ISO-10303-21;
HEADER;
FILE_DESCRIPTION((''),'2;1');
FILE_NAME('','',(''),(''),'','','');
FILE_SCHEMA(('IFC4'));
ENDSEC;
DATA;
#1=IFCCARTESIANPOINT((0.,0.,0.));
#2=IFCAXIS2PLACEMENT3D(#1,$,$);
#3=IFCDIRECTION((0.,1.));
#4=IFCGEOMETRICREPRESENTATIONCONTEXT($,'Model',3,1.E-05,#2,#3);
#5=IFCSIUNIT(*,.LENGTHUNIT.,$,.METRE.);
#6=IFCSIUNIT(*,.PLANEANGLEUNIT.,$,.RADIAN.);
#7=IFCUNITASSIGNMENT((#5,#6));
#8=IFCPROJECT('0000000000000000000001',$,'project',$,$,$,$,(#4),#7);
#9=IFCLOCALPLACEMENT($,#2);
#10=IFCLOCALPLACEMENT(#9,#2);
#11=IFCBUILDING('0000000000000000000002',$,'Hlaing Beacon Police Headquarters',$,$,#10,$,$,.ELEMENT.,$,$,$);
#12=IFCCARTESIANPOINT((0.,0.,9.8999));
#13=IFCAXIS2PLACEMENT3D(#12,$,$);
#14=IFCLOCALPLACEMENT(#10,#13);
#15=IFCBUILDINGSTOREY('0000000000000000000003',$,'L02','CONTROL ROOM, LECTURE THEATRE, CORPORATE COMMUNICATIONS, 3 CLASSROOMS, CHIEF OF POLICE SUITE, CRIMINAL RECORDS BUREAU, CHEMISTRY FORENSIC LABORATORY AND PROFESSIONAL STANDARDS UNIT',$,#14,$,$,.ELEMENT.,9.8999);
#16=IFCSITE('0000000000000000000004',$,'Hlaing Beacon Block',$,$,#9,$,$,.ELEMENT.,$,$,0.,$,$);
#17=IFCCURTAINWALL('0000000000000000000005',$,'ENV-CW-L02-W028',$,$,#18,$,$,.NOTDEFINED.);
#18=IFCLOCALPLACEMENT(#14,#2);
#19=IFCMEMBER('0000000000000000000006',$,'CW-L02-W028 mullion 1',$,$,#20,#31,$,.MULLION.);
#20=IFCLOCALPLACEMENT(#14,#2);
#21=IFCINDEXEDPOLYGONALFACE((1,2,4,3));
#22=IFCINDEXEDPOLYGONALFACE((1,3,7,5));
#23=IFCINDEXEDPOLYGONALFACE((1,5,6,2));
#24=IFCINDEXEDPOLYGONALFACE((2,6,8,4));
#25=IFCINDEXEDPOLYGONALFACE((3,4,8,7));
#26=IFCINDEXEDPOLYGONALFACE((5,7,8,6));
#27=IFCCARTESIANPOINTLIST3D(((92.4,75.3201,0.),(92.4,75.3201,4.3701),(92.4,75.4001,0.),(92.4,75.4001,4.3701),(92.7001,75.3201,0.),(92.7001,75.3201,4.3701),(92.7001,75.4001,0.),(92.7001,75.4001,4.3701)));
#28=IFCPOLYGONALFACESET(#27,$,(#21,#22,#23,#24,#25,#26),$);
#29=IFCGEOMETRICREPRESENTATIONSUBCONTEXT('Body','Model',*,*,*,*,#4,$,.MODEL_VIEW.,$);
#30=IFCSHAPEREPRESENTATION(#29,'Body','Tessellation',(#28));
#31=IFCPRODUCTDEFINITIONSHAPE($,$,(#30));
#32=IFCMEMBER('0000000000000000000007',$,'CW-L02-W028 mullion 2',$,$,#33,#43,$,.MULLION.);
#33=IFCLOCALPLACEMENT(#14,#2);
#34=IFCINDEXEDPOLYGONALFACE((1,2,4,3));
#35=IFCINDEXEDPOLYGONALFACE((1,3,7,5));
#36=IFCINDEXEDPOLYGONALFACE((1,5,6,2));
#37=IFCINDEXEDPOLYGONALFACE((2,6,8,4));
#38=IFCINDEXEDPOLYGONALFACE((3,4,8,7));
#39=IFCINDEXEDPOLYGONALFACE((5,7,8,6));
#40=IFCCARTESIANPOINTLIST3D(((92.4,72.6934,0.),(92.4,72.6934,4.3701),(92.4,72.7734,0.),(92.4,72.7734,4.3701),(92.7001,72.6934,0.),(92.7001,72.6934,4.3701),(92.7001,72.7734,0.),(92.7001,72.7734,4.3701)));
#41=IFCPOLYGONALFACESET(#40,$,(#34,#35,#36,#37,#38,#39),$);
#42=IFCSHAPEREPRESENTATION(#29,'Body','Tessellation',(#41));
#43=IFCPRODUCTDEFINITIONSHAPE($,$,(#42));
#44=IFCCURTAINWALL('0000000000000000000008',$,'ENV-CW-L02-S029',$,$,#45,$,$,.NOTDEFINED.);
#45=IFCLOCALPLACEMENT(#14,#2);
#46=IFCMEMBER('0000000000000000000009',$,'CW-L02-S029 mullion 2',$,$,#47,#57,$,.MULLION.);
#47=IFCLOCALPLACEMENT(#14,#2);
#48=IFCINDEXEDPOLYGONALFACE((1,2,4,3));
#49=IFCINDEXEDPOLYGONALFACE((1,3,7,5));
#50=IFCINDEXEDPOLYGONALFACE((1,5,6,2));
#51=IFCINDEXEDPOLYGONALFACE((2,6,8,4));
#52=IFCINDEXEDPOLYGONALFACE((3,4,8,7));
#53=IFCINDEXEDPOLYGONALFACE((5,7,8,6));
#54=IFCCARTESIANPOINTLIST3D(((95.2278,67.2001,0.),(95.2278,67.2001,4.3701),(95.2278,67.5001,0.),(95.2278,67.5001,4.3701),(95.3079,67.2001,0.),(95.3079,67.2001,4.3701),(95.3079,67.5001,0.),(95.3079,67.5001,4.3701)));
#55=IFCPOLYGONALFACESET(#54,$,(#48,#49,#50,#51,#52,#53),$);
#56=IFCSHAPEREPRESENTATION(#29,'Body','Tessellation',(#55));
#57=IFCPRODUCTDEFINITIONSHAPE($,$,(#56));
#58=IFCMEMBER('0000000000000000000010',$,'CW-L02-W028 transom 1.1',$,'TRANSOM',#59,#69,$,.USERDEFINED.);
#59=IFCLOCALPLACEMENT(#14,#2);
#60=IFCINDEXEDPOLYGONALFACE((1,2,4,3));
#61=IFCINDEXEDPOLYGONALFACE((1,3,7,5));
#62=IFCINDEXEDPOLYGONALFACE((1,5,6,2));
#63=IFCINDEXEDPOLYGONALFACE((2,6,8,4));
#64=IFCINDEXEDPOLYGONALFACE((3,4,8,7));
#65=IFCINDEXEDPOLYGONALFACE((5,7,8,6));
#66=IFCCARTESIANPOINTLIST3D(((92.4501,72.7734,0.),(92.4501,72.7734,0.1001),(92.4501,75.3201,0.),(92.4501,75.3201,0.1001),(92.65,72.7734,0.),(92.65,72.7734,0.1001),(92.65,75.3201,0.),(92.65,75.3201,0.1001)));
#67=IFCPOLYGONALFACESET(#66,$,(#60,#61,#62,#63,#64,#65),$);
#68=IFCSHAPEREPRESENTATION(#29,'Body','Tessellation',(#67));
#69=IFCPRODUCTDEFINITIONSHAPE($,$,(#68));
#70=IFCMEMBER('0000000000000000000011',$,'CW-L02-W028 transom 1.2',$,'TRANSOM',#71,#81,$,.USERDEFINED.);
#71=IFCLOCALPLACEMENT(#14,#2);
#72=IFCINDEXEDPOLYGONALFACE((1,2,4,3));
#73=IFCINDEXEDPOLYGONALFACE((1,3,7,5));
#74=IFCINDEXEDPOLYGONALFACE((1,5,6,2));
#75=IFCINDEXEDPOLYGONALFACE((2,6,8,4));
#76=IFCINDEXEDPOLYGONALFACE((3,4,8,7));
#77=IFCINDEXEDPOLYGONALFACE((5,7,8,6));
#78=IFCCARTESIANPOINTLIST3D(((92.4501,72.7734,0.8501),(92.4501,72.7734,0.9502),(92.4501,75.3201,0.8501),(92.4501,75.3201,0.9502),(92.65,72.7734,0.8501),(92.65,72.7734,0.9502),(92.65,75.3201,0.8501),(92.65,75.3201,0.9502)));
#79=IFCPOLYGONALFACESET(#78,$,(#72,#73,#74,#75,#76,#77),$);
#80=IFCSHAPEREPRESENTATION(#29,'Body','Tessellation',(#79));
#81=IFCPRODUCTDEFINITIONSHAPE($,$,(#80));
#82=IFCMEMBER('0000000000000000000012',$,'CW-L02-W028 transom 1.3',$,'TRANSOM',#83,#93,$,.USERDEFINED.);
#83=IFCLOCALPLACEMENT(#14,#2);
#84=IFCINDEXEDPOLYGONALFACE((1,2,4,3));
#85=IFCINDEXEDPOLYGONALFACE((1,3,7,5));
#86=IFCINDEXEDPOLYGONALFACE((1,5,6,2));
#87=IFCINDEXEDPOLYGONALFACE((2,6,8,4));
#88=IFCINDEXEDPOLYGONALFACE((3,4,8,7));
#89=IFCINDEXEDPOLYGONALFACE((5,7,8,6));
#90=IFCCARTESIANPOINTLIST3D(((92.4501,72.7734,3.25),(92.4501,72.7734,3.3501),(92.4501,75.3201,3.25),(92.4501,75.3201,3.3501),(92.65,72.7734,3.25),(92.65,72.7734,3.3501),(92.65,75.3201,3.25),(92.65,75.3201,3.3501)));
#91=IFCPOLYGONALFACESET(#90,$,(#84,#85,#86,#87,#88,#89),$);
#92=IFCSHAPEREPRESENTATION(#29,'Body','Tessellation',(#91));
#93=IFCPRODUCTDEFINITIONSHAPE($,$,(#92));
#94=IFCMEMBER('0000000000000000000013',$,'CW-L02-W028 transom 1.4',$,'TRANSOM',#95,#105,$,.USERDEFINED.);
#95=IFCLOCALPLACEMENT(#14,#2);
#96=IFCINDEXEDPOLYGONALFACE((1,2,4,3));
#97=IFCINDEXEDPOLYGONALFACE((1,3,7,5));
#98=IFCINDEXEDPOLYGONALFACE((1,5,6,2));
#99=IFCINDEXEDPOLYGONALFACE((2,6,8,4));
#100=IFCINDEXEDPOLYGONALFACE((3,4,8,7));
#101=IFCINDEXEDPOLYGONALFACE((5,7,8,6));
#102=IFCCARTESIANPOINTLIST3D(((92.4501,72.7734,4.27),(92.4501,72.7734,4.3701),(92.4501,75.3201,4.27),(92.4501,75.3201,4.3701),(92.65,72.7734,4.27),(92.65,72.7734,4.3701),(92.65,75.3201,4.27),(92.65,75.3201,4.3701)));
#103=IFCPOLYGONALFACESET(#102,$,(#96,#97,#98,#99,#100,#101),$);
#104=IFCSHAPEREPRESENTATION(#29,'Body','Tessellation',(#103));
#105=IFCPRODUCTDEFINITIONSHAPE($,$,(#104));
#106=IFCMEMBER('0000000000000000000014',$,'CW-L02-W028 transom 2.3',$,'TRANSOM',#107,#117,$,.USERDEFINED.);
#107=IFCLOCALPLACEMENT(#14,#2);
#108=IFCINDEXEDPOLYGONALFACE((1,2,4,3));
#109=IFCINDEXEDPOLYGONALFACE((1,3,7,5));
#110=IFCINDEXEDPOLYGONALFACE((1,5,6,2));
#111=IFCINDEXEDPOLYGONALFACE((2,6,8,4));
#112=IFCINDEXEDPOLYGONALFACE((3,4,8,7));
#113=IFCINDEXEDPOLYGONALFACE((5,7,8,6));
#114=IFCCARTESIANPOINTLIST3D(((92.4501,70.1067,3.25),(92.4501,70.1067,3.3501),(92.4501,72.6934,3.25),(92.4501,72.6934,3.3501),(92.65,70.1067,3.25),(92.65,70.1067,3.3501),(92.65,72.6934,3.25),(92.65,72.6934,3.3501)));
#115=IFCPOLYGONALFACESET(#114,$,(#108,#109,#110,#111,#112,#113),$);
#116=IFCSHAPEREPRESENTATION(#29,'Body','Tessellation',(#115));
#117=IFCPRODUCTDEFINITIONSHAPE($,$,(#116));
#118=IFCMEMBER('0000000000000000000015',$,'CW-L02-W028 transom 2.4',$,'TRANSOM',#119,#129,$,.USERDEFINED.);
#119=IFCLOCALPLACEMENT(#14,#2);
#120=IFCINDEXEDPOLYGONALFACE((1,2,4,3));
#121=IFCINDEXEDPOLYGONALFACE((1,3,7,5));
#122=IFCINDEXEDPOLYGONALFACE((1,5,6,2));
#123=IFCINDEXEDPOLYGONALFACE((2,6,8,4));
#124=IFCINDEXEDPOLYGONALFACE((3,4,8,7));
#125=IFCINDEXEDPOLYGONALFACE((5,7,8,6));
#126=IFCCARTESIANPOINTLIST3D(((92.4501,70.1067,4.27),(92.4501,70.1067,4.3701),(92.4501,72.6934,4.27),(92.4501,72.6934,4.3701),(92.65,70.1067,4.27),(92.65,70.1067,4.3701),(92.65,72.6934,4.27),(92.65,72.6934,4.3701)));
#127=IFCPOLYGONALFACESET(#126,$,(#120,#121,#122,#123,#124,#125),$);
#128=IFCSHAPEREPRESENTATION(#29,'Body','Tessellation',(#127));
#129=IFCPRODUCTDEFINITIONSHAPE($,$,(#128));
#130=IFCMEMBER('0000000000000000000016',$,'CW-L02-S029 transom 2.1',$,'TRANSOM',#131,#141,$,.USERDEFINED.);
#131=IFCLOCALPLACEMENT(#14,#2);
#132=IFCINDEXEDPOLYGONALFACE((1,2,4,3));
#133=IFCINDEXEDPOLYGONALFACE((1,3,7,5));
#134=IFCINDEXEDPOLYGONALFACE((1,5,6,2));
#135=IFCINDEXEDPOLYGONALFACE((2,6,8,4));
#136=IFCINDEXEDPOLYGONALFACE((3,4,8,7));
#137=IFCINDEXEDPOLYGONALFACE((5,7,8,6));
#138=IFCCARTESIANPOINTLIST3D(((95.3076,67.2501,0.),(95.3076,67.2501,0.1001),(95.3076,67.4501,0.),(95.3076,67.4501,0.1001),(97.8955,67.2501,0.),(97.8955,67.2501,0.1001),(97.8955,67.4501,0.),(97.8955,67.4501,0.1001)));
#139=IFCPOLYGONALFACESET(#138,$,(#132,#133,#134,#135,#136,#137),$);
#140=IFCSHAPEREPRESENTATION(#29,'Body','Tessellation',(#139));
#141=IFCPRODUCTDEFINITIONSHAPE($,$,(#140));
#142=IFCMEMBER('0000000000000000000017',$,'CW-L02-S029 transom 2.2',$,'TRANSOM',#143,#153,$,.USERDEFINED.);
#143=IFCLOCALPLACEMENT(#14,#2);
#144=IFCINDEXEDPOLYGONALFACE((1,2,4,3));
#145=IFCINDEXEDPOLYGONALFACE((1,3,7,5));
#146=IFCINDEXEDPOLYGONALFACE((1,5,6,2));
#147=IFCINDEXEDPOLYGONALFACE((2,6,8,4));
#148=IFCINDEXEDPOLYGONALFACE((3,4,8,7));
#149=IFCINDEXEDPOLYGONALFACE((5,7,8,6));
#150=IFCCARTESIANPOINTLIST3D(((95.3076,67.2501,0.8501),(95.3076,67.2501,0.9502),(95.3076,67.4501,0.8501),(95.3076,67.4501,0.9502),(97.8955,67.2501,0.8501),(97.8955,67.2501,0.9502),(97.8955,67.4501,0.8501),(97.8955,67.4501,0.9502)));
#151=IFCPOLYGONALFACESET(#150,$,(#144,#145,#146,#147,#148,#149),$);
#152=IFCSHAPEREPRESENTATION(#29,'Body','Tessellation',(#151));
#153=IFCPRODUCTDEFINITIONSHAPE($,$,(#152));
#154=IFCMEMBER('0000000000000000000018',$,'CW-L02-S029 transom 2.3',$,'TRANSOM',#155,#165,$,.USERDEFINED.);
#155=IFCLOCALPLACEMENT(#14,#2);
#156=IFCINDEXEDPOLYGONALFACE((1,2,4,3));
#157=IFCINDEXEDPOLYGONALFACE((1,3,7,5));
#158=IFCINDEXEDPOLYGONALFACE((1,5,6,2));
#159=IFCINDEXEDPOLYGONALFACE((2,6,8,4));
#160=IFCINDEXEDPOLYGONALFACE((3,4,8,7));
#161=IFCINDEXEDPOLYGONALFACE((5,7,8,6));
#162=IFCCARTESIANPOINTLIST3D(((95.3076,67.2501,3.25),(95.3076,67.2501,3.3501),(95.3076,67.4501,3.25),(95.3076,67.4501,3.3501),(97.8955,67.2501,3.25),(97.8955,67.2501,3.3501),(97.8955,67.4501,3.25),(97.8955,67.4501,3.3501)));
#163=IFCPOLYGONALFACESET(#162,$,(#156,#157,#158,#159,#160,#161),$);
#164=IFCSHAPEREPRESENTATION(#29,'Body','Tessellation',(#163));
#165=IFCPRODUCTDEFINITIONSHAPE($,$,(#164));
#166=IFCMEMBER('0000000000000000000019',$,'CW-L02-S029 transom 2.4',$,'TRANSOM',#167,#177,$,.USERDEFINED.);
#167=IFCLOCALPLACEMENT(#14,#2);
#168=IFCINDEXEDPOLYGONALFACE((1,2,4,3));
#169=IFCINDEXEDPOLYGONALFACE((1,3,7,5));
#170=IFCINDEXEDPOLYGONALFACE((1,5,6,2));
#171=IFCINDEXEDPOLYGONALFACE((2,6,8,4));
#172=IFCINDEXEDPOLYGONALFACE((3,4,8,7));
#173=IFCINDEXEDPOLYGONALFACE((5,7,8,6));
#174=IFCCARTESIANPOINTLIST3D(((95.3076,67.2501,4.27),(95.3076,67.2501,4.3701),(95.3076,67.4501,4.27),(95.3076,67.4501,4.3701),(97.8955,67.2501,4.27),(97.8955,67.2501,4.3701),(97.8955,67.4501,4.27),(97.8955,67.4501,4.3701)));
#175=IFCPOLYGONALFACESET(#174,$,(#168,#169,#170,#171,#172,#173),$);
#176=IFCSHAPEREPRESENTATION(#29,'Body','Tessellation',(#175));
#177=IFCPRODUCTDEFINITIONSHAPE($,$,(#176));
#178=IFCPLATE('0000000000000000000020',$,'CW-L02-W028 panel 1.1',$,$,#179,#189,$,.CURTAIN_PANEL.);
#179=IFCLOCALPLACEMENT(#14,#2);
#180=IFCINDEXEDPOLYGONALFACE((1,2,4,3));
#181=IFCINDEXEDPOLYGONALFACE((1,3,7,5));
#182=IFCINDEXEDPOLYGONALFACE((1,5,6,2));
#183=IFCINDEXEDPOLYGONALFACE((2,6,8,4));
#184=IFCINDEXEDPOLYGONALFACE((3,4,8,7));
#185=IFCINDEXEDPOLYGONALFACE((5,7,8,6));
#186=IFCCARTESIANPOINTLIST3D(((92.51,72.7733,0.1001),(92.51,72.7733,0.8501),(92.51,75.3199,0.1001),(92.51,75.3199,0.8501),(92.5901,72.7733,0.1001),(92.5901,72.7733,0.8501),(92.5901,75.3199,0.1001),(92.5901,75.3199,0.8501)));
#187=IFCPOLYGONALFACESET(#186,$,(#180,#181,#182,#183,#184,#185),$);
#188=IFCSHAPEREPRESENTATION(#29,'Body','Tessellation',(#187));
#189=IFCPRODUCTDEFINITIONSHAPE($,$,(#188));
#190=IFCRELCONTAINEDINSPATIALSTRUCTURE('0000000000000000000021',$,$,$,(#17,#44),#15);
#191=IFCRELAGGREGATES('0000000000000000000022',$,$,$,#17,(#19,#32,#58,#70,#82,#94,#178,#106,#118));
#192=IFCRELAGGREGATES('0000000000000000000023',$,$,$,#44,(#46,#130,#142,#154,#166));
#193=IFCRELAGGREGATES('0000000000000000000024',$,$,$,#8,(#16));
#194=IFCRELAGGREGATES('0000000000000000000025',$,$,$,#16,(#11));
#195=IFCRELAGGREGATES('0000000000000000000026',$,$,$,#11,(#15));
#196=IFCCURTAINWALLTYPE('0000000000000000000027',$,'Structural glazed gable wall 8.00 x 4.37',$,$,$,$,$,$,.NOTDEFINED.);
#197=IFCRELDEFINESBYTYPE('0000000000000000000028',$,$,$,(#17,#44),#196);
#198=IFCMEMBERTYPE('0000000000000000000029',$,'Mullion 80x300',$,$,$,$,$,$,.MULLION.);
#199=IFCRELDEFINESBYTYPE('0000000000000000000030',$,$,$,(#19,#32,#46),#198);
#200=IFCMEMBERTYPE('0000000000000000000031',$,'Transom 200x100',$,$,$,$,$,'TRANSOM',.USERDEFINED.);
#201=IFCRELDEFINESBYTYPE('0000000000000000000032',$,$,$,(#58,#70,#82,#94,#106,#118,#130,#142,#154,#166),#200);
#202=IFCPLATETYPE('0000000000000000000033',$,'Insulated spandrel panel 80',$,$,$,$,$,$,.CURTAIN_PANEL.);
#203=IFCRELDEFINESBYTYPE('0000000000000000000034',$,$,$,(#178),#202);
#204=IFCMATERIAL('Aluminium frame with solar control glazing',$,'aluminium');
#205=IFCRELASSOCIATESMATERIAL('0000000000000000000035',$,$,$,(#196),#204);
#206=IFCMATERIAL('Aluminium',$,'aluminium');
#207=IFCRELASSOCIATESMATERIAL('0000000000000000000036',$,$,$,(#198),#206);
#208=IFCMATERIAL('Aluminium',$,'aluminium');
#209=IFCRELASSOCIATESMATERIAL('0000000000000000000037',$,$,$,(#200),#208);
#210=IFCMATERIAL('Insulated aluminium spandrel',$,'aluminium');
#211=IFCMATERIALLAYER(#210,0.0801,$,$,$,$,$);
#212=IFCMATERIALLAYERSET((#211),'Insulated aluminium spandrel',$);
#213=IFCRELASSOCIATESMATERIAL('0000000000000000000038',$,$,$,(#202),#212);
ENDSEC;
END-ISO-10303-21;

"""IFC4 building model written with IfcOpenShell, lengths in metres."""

from ifc_helpers import new_model, si_unit, direction, frame, origin, origin_2d, place, context, subcontext, project, spatial, rectangle, extrude, material, layer, layer_set, material_profile, profile_set, type_object, element, aggregate, save


model = new_model("IFC4")

# Units and contexts
model_context = context("Model", 3, precision=1e-05, world=origin(), true_north=direction((0.0, 1.0)))
body_context = subcontext(model_context, "Body", "Model", "MODEL_VIEW")
ifc_project = project(units=[si_unit("LENGTHUNIT", "METRE"), si_unit("PLANEANGLEUNIT", "RADIAN")], contexts=[model_context])

# Site, building, storey
site_placement = place(None, origin())
site = spatial("IfcSite", under=ifc_project, at=site_placement, Name="Hlaing Beacon Block", CompositionType="ELEMENT", RefElevation=0.0)
building_placement = place(site_placement, origin())
building = spatial("IfcBuilding", under=site, at=building_placement, Name="Hlaing Beacon Police Headquarters", CompositionType="ELEMENT")
storey_placement = place(building_placement, frame((0.0, 0.0, 9.8999)))
storey = spatial("IfcBuildingStorey", under=building, at=storey_placement, Name="L02", Description="CONTROL ROOM, LECTURE THEATRE, CORPORATE COMMUNICATIONS, 3 CLASSROOMS, CHIEF OF POLICE SUITE, CRIMINAL RECORDS BUREAU, CHEMISTRY FORENSIC LABORATORY AND PROFESSIONAL STANDARDS UNIT", CompositionType="ELEMENT", Elevation=9.8999)

# Curtain wall, members
ifc_material_1 = material(Name="Aluminium frame with solar control glazing", Category="aluminium")
curtain_wall_type = type_object("IfcCurtainWallType", Name="Structural glazed gable wall 8.00 x 4.37", PredefinedType="NOTDEFINED", material=ifc_material_1)
curtain_wall_1_placement = place(storey_placement, origin())
curtain_wall_1 = element("IfcCurtainWall", 1, at=curtain_wall_1_placement, inside=storey, type_object=curtain_wall_type, Name="ENV-CW-L02-W028", PredefinedType="NOTDEFINED")
ifc_material_2 = material(Name="Aluminium", Category="aluminium")
ifc_material_profile_1 = material_profile(ifc_material_2, rectangle(XDim=0.3, YDim=0.0801, at=origin_2d()), Name="Mullion 80x300")
ifc_profile_set_1 = profile_set([ifc_material_profile_1], Name="Aluminium")
member_type_1 = type_object("IfcMemberType", Name="Mullion 80x300", PredefinedType="MULLION", material=ifc_profile_set_1)
member_1_placement = place(storey_placement, frame((92.55, 75.3601, 0.0), z_axis=(0.0, 0.0, 1.0), x_axis=(1.0, 0.0, 0.0)))
member_1 = element("IfcMember", 2, at=member_1_placement, type_object=member_type_1, Name="CW-L02-W028 mullion 1", PredefinedType="MULLION", context=body_context, shape_type="SweptSolid", body=[
    extrude(rectangle(XDim=0.3, YDim=0.0801, at=origin_2d()), origin(), (0.0, 0.0, 1.0), 4.3701),
])
member_2_placement = place(storey_placement, frame((92.55, 72.7334, 0.0), z_axis=(0.0, 0.0, 1.0), x_axis=(1.0, 0.0, 0.0)))
member_2 = element("IfcMember", 3, at=member_2_placement, type_object=member_type_1, Name="CW-L02-W028 mullion 2", PredefinedType="MULLION", context=body_context, shape_type="SweptSolid", body=[
    extrude(rectangle(XDim=0.3, YDim=0.0801, at=origin_2d()), origin(), (0.0, 0.0, 1.0), 4.3701),
])

# Curtain wall, member
curtain_wall_2_placement = place(storey_placement, origin())
curtain_wall_2 = element("IfcCurtainWall", 4, at=curtain_wall_2_placement, inside=storey, type_object=curtain_wall_type, Name="ENV-CW-L02-S029", PredefinedType="NOTDEFINED")
member_3_placement = place(storey_placement, frame((95.2678, 67.3501, 0.0), z_axis=(0.0, 0.0, 1.0), x_axis=(0.0, 1.0, 0.0)))
member_3 = element("IfcMember", 5, at=member_3_placement, type_object=member_type_1, Name="CW-L02-S029 mullion 2", PredefinedType="MULLION", context=body_context, shape_type="SweptSolid", body=[
    extrude(rectangle(XDim=0.3, YDim=0.0801, at=origin_2d()), origin(), (0.0, 0.0, 1.0), 4.3701),
])

# Members
ifc_material_3 = material(Name="Aluminium", Category="aluminium")
ifc_material_profile_2 = material_profile(ifc_material_3, rectangle(XDim=0.2, YDim=0.1001, at=origin_2d()), Name="Transom 200x100")
ifc_profile_set_2 = profile_set([ifc_material_profile_2], Name="Aluminium")
member_type_2 = type_object("IfcMemberType", Name="Transom 200x100", ElementType="TRANSOM", PredefinedType="USERDEFINED", material=ifc_profile_set_2)
member_4_placement = place(storey_placement, frame((92.55, 75.3201, 0.05), z_axis=(0.0, -1.0, 0.0), x_axis=(1.0, 0.0, 0.0)))
member_4 = element("IfcMember", 6, at=member_4_placement, type_object=member_type_2, Name="CW-L02-W028 transom 1.1", ObjectType="TRANSOM", PredefinedType="USERDEFINED", context=body_context, shape_type="SweptSolid", body=[
    extrude(rectangle(XDim=0.2, YDim=0.1001, at=origin_2d()), origin(), (0.0, 0.0, 1.0), 2.5466),
])
member_5_placement = place(storey_placement, frame((92.55, 75.3201, 0.9001), z_axis=(0.0, -1.0, 0.0), x_axis=(1.0, 0.0, 0.0)))
member_5 = element("IfcMember", 7, at=member_5_placement, type_object=member_type_2, Name="CW-L02-W028 transom 1.2", ObjectType="TRANSOM", PredefinedType="USERDEFINED", context=body_context, shape_type="SweptSolid", body=[
    extrude(rectangle(XDim=0.2, YDim=0.1001, at=origin_2d()), origin(), (0.0, 0.0, 1.0), 2.5466),
])
member_6_placement = place(storey_placement, frame((92.55, 75.3201, 3.3), z_axis=(0.0, -1.0, 0.0), x_axis=(1.0, 0.0, 0.0)))
member_6 = element("IfcMember", 8, at=member_6_placement, type_object=member_type_2, Name="CW-L02-W028 transom 1.3", ObjectType="TRANSOM", PredefinedType="USERDEFINED", context=body_context, shape_type="SweptSolid", body=[
    extrude(rectangle(XDim=0.2, YDim=0.1001, at=origin_2d()), origin(), (0.0, 0.0, 1.0), 2.5466),
])
member_7_placement = place(storey_placement, frame((92.55, 75.3201, 4.3201), z_axis=(0.0, -1.0, 0.0), x_axis=(1.0, 0.0, 0.0)))
member_7 = element("IfcMember", 9, at=member_7_placement, type_object=member_type_2, Name="CW-L02-W028 transom 1.4", ObjectType="TRANSOM", PredefinedType="USERDEFINED", context=body_context, shape_type="SweptSolid", body=[
    extrude(rectangle(XDim=0.2, YDim=0.1001, at=origin_2d()), origin(), (0.0, 0.0, 1.0), 2.5466),
])
member_8_placement = place(storey_placement, frame((92.55, 72.6934, 3.3), z_axis=(0.0, -1.0, 0.0), x_axis=(1.0, 0.0, 0.0)))
member_8 = element("IfcMember", 10, at=member_8_placement, type_object=member_type_2, Name="CW-L02-W028 transom 2.3", ObjectType="TRANSOM", PredefinedType="USERDEFINED", context=body_context, shape_type="SweptSolid", body=[
    extrude(rectangle(XDim=0.2, YDim=0.1001, at=origin_2d()), origin(), (0.0, 0.0, 1.0), 2.5867),
])
member_9_placement = place(storey_placement, frame((92.55, 72.6934, 4.3201), z_axis=(0.0, -1.0, 0.0), x_axis=(1.0, 0.0, 0.0)))
member_9 = element("IfcMember", 11, at=member_9_placement, type_object=member_type_2, Name="CW-L02-W028 transom 2.4", ObjectType="TRANSOM", PredefinedType="USERDEFINED", context=body_context, shape_type="SweptSolid", body=[
    extrude(rectangle(XDim=0.2, YDim=0.1001, at=origin_2d()), origin(), (0.0, 0.0, 1.0), 2.5867),
])
member_10_placement = place(storey_placement, frame((95.3076, 67.3501, 0.05), z_axis=(1.0, 0.0, 0.0), x_axis=(0.0, 1.0, 0.0)))
member_10 = element("IfcMember", 12, at=member_10_placement, type_object=member_type_2, Name="CW-L02-S029 transom 2.1", ObjectType="TRANSOM", PredefinedType="USERDEFINED", context=body_context, shape_type="SweptSolid", body=[
    extrude(rectangle(XDim=0.2, YDim=0.1001, at=origin_2d()), origin(), (0.0, 0.0, 1.0), 2.5879),
])
member_11_placement = place(storey_placement, frame((95.3076, 67.3501, 0.9001), z_axis=(1.0, 0.0, 0.0), x_axis=(0.0, 1.0, 0.0)))
member_11 = element("IfcMember", 13, at=member_11_placement, type_object=member_type_2, Name="CW-L02-S029 transom 2.2", ObjectType="TRANSOM", PredefinedType="USERDEFINED", context=body_context, shape_type="SweptSolid", body=[
    extrude(rectangle(XDim=0.2, YDim=0.1001, at=origin_2d()), origin(), (0.0, 0.0, 1.0), 2.5879),
])
member_12_placement = place(storey_placement, frame((95.3076, 67.3501, 3.3), z_axis=(1.0, 0.0, 0.0), x_axis=(0.0, 1.0, 0.0)))
member_12 = element("IfcMember", 14, at=member_12_placement, type_object=member_type_2, Name="CW-L02-S029 transom 2.3", ObjectType="TRANSOM", PredefinedType="USERDEFINED", context=body_context, shape_type="SweptSolid", body=[
    extrude(rectangle(XDim=0.2, YDim=0.1001, at=origin_2d()), origin(), (0.0, 0.0, 1.0), 2.5879),
])
member_13_placement = place(storey_placement, frame((95.3076, 67.3501, 4.3201), z_axis=(1.0, 0.0, 0.0), x_axis=(0.0, 1.0, 0.0)))
member_13 = element("IfcMember", 15, at=member_13_placement, type_object=member_type_2, Name="CW-L02-S029 transom 2.4", ObjectType="TRANSOM", PredefinedType="USERDEFINED", context=body_context, shape_type="SweptSolid", body=[
    extrude(rectangle(XDim=0.2, YDim=0.1001, at=origin_2d()), origin(), (0.0, 0.0, 1.0), 2.5879),
])

# Plate
ifc_material_4 = material(Name="Insulated aluminium spandrel", Category="aluminium")
ifc_layer_1 = layer(ifc_material_4, 0.0801)
ifc_layer_set_1 = layer_set([ifc_layer_1], Name="Insulated aluminium spandrel")
plate_type_1 = type_object("IfcPlateType", Name="Insulated spandrel panel 80", PredefinedType="CURTAIN_PANEL", material=ifc_layer_set_1)
plate_1_placement = place(storey_placement, frame((92.55, 74.0466, 0.1001), z_axis=(0.0, 0.0, 1.0), x_axis=(0.0, -1.0, 0.0)))
plate_1 = element("IfcPlate", 16, at=plate_1_placement, type_object=plate_type_1, Name="CW-L02-W028 panel 1.1", PredefinedType="CURTAIN_PANEL", context=body_context, shape_type="SweptSolid", body=[
    extrude(rectangle(XDim=2.5466, YDim=0.0801, at=origin_2d()), origin(), (0.0, 0.0, 1.0), 0.75),
])
aggregate(curtain_wall_1, [member_1, member_2, member_4, member_5, member_6, member_7, plate_1, member_8, member_9])
aggregate(curtain_wall_2, [member_3, member_10, member_11, member_12, member_13])

save(model, "model.ifc")
